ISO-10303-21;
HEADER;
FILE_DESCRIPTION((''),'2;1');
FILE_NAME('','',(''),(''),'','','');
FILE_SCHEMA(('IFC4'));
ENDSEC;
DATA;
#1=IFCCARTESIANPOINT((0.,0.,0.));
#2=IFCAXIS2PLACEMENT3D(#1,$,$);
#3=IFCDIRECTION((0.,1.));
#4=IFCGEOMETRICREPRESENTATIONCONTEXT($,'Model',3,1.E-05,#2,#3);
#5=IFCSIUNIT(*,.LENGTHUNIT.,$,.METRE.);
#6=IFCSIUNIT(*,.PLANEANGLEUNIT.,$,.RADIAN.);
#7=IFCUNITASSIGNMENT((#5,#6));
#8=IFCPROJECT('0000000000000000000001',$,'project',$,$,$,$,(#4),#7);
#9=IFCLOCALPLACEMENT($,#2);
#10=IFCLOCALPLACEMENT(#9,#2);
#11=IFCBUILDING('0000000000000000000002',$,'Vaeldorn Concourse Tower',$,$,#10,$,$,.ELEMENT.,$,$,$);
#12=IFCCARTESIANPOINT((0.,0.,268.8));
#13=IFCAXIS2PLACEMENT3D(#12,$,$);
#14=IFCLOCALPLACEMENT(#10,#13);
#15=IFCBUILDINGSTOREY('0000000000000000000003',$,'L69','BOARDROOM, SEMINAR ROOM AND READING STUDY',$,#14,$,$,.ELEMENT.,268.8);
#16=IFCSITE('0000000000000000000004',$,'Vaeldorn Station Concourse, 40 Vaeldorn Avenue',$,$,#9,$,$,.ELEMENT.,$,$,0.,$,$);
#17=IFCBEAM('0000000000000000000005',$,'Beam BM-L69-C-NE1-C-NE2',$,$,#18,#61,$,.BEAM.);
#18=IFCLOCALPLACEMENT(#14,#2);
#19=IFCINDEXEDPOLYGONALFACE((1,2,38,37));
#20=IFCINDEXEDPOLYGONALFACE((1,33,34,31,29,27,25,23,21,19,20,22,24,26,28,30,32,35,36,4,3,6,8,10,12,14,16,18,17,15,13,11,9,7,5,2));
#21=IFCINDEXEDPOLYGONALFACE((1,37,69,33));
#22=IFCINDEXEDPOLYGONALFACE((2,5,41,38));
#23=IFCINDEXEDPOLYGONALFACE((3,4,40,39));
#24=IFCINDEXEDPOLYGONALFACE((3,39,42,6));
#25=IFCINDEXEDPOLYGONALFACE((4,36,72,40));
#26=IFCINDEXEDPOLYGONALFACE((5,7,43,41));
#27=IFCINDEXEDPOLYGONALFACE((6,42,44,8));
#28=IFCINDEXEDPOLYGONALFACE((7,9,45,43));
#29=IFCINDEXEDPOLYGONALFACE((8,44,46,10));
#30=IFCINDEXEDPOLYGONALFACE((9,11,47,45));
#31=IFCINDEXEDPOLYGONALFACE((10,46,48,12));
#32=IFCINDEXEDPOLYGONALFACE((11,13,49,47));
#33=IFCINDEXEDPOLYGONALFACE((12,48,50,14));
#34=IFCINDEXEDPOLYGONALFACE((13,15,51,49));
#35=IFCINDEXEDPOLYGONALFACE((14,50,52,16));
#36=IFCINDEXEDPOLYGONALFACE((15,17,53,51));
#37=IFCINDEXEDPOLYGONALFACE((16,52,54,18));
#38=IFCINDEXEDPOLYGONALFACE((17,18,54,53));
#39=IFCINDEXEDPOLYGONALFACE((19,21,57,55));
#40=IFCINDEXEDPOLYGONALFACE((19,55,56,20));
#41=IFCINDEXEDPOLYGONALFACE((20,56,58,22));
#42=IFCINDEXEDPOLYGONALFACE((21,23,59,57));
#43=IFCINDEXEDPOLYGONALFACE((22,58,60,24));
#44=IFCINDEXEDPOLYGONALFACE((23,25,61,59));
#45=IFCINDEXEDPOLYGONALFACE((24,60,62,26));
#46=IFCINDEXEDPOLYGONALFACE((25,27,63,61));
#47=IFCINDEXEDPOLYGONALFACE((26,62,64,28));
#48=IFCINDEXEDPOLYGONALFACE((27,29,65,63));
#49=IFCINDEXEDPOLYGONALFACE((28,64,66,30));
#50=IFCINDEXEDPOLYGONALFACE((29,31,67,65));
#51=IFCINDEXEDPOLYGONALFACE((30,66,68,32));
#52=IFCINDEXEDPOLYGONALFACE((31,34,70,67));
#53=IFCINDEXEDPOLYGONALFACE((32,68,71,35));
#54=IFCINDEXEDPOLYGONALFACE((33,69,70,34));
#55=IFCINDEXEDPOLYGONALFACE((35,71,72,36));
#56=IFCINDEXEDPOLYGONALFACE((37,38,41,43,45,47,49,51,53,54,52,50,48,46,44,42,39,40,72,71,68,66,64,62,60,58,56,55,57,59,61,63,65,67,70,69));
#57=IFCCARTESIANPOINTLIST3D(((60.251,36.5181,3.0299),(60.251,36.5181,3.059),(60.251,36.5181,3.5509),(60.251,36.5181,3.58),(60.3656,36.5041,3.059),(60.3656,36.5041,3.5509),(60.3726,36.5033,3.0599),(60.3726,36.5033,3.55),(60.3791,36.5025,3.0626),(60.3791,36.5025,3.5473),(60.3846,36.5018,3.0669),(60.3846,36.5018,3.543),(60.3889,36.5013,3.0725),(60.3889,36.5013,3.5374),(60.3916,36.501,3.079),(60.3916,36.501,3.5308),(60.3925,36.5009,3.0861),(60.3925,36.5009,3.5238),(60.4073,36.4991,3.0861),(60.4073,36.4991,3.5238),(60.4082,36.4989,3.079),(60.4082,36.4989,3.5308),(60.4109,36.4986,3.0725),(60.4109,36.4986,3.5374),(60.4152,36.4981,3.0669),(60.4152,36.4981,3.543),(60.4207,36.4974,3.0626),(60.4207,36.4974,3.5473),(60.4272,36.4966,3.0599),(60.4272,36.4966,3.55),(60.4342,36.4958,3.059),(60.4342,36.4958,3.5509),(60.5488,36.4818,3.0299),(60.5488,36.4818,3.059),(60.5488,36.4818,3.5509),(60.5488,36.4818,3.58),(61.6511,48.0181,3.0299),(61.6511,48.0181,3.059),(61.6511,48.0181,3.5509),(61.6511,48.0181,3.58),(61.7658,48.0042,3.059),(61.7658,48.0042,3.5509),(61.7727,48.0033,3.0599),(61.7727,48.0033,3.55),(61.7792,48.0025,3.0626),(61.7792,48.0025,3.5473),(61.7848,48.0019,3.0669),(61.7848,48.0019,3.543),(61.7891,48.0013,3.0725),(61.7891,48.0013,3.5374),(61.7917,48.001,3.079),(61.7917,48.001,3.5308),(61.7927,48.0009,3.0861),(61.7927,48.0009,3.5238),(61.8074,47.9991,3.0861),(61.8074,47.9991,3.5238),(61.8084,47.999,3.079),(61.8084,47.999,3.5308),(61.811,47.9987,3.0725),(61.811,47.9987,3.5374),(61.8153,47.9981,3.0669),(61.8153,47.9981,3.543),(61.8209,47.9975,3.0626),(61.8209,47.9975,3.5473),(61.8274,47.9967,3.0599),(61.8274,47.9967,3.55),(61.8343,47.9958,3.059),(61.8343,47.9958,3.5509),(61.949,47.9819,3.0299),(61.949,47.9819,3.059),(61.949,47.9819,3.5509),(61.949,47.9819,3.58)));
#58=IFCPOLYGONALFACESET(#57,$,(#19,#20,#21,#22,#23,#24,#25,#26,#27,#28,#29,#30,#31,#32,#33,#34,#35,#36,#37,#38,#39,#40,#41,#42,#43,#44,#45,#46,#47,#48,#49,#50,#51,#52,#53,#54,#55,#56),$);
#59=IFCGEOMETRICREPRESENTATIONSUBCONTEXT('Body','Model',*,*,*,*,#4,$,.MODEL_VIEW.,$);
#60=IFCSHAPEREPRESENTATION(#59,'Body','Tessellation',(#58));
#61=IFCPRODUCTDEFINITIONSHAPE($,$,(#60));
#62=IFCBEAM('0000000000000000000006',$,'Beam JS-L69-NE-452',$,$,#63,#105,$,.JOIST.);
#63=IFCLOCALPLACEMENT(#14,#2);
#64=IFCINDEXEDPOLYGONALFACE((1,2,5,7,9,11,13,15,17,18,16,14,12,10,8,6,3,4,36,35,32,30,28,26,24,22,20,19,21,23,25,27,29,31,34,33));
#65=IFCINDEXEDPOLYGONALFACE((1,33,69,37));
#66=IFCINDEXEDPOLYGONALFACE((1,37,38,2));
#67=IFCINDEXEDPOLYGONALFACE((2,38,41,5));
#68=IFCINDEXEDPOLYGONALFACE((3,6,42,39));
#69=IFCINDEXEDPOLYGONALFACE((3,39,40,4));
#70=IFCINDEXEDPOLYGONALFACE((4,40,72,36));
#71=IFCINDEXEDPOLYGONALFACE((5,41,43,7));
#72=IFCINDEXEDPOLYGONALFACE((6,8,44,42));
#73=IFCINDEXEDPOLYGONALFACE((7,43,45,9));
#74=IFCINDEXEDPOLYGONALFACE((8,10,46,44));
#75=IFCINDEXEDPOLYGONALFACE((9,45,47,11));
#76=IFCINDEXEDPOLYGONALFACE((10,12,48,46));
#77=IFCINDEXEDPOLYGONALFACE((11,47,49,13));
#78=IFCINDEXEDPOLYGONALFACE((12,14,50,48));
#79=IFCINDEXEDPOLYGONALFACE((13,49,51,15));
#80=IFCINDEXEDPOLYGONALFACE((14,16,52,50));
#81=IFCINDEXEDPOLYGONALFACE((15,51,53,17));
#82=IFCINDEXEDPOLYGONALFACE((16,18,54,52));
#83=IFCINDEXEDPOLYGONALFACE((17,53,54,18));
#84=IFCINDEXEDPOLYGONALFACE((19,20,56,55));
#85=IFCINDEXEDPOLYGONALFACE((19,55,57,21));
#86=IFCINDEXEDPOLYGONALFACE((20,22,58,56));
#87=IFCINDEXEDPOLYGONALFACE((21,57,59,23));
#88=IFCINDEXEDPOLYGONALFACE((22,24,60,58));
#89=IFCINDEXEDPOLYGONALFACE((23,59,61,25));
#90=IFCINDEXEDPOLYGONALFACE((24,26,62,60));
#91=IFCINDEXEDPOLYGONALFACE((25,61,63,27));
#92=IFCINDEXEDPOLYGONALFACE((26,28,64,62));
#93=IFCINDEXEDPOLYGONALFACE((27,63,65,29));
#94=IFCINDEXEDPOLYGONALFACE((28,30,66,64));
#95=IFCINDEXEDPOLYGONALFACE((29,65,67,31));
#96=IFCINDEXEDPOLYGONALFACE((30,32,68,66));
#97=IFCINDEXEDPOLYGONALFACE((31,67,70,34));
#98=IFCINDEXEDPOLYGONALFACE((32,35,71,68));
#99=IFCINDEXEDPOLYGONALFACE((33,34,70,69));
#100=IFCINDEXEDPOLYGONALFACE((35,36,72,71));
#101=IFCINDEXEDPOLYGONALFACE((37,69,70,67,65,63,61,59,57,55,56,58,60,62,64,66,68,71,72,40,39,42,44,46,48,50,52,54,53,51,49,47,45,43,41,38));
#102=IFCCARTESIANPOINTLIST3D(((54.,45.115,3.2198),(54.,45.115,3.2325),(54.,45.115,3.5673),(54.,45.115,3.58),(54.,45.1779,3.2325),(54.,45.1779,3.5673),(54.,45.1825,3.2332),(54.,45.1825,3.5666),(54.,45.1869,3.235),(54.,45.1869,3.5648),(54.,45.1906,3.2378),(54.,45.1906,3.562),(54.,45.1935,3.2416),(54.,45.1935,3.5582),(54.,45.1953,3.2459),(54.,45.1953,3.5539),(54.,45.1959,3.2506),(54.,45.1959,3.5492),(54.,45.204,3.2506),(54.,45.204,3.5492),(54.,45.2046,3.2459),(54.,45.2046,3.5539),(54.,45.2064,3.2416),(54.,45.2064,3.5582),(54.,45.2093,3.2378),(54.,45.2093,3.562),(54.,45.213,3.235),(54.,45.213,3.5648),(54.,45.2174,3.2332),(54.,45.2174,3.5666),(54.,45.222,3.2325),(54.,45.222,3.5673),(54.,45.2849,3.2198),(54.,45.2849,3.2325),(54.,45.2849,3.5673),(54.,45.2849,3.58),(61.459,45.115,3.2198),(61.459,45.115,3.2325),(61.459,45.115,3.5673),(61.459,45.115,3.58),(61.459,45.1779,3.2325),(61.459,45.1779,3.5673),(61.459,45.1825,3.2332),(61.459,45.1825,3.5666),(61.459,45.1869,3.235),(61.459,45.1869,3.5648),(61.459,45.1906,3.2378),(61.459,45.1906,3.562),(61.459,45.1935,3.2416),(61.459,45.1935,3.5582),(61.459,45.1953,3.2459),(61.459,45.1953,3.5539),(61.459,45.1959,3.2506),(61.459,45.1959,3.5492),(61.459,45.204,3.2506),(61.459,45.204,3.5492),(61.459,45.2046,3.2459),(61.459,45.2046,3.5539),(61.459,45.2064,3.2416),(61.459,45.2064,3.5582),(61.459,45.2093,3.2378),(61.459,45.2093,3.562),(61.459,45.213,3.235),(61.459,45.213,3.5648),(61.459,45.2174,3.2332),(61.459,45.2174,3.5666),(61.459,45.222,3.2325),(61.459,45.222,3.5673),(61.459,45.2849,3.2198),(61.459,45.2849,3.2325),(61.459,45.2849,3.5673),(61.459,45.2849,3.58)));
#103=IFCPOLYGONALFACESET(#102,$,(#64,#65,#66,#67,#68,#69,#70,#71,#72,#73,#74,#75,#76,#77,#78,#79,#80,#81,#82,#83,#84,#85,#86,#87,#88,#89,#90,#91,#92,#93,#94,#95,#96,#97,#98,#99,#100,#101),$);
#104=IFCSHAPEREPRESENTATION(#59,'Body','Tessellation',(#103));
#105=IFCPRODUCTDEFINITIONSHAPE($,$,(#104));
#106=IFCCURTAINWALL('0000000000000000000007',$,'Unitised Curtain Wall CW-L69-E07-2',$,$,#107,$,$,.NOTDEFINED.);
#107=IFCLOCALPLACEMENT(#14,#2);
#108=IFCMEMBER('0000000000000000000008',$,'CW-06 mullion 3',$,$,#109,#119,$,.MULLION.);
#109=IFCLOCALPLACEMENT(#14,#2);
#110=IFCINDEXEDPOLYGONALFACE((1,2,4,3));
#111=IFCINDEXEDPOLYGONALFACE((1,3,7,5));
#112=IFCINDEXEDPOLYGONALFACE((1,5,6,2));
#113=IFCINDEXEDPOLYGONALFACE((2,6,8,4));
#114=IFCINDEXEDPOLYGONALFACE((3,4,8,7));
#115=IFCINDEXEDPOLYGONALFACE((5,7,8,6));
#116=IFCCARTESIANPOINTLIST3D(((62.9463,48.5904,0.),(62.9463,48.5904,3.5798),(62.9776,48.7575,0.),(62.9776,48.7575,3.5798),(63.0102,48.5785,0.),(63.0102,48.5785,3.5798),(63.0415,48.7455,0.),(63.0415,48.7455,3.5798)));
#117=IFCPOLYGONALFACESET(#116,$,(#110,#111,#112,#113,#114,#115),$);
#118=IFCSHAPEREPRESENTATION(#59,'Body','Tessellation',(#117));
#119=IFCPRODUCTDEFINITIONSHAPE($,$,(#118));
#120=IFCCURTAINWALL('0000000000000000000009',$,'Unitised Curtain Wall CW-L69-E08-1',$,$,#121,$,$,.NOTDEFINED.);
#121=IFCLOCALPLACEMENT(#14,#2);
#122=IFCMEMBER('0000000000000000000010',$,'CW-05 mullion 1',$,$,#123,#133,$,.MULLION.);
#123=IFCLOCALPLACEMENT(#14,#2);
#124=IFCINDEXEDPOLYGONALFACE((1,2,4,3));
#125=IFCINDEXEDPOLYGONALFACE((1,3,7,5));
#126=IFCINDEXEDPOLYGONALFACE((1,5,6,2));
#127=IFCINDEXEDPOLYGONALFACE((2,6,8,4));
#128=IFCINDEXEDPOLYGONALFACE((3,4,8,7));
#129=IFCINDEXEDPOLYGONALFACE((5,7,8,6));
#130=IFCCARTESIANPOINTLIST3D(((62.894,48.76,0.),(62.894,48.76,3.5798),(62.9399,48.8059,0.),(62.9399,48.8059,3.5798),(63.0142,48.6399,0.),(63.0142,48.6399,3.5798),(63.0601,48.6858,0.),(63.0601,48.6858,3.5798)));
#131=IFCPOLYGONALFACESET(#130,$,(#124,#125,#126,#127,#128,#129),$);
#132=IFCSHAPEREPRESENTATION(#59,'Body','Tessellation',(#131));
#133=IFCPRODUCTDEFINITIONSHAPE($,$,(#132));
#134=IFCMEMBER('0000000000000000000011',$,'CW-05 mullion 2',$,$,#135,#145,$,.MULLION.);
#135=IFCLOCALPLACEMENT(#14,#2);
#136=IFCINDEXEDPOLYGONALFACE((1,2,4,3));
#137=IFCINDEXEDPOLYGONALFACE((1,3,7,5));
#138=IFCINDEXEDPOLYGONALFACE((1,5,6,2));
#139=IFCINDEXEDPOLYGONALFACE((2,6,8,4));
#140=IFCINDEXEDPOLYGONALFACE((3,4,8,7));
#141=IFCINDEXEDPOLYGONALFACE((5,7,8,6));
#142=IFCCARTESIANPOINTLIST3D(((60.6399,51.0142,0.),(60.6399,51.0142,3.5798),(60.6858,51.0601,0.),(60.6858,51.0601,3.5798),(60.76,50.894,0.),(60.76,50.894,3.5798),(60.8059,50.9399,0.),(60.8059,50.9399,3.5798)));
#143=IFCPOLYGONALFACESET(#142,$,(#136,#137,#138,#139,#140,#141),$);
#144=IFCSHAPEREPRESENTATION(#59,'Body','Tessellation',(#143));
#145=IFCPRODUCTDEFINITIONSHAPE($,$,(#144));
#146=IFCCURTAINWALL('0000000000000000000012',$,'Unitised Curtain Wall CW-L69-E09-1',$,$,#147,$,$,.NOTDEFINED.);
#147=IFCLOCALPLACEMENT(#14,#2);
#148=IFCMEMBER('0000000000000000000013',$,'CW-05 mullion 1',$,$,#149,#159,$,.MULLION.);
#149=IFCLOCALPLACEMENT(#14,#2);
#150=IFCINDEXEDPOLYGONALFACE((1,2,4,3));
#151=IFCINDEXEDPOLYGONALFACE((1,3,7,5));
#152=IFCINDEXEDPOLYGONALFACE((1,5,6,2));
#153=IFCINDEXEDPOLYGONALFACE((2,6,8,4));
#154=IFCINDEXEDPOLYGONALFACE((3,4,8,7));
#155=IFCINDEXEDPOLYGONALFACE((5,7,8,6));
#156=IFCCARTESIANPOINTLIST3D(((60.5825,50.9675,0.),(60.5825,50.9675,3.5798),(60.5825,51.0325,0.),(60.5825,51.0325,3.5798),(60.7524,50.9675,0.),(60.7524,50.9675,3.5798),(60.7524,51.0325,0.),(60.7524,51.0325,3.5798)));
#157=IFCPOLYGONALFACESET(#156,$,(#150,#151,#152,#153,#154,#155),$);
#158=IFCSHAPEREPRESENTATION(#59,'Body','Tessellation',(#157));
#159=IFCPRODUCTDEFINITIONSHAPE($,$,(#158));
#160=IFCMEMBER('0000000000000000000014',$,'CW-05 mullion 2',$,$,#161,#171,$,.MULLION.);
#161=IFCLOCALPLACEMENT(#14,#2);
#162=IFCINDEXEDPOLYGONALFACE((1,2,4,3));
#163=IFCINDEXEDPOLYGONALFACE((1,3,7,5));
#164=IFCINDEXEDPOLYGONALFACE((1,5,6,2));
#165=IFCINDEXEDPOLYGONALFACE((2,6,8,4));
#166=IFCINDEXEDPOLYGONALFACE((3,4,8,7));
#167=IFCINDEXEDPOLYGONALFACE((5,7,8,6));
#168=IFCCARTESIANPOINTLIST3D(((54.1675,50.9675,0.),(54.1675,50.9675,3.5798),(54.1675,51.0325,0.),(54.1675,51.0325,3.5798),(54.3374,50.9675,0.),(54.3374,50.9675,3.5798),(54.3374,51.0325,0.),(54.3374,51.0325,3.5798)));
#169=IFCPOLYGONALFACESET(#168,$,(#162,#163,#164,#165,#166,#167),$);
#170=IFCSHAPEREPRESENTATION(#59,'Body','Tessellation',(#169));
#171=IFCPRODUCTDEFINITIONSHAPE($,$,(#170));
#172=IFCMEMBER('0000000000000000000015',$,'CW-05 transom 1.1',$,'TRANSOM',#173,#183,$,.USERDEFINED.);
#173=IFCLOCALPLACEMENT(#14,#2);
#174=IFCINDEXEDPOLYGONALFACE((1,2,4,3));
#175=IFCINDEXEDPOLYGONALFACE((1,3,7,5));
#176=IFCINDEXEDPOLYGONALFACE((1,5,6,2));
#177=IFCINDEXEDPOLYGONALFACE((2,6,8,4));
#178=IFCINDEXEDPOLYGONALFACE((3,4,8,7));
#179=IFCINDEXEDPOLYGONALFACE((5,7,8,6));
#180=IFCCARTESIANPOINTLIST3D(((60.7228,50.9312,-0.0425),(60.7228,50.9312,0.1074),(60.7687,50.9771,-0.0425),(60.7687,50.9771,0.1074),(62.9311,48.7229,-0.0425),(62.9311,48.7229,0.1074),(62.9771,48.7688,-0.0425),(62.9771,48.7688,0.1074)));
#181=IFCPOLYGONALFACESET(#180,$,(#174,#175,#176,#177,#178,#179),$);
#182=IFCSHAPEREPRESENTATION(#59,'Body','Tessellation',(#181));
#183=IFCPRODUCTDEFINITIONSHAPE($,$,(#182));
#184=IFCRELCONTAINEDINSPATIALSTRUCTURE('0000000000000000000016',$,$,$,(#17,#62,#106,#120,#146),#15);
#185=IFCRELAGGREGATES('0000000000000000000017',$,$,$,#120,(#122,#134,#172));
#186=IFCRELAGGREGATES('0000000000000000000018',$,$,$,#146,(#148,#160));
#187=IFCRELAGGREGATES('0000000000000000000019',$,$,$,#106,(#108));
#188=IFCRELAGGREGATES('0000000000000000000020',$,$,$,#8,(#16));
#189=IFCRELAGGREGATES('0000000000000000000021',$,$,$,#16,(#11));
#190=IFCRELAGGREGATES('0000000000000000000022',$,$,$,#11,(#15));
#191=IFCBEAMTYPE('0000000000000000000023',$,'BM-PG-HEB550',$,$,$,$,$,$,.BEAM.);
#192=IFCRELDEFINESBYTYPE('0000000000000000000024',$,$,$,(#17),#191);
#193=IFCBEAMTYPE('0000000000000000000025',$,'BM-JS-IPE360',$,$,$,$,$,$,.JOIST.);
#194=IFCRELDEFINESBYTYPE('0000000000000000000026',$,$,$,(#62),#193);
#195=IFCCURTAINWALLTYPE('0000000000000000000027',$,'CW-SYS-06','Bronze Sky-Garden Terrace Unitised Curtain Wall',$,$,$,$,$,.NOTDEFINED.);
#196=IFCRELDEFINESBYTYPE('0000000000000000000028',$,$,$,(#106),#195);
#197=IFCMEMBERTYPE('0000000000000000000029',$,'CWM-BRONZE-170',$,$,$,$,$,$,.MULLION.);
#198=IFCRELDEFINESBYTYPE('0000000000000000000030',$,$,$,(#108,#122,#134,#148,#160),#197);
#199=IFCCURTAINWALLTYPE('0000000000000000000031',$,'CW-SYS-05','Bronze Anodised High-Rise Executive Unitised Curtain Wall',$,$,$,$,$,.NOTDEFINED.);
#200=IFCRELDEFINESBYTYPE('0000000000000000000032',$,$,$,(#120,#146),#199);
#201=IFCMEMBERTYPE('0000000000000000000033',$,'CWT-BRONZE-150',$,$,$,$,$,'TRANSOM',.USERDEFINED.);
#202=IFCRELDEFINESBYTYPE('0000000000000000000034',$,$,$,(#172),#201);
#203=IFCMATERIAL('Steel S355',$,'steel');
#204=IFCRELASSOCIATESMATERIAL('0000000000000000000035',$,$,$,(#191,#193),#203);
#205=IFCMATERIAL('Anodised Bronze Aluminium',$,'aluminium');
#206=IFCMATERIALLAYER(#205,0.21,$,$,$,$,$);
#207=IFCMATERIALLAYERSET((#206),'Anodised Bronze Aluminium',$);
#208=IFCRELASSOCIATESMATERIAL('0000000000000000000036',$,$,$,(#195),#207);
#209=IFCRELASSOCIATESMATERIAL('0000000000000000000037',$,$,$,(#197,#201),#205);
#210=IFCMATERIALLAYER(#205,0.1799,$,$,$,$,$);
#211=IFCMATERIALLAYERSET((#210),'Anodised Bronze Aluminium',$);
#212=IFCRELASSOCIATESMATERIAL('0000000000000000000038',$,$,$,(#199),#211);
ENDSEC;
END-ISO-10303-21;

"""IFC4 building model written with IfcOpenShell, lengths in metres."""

from ifc_helpers import new_model, si_unit, direction, frame, origin, origin_2d, place, context, subcontext, project, spatial, rectangle, i_section, extrude, source, transform, mapped, material, layer, layer_set, material_profile, profile_set, type_object, element, aggregate, save


model = new_model("IFC4")

# Units and contexts
model_context = context("Model", 3, precision=1e-05, world=origin(), true_north=direction((0.0, 1.0)))
body_context = subcontext(model_context, "Body", "Model", "MODEL_VIEW")
ifc_project = project(units=[si_unit("LENGTHUNIT", "METRE"), si_unit("PLANEANGLEUNIT", "RADIAN")], contexts=[model_context])

# Site, building, storey
site_placement = place(None, origin())
site = spatial("IfcSite", under=ifc_project, at=site_placement, Name="Vaeldorn Station Concourse, 40 Vaeldorn Avenue", CompositionType="ELEMENT", RefElevation=0.0)
building_placement = place(site_placement, origin())
building = spatial("IfcBuilding", under=site, at=building_placement, Name="Vaeldorn Concourse Tower", CompositionType="ELEMENT")
storey_placement = place(building_placement, frame((0.0, 0.0, 268.8)))
storey = spatial("IfcBuildingStorey", under=building, at=storey_placement, Name="L69", Description="BOARDROOM, SEMINAR ROOM AND READING STUDY", CompositionType="ELEMENT", Elevation=268.8)

# Shared definitions
ifc_material_1 = material(Name="Steel S355", Category="steel")

# Beams
ifc_material_profile_1 = material_profile(ifc_material_1, i_section(OverallWidth=0.3, OverallDepth=0.55, WebThickness=0.0149, FlangeThickness=0.0291, FilletRadius=0.0271, at=origin_2d()), Name="HEB 550")
ifc_profile_set_1 = profile_set([ifc_material_profile_1], Name="Steel S355")
beam_type_1 = type_object("IfcBeamType", Name="BM-PG-HEB550", PredefinedType="BEAM", material=ifc_profile_set_1)
shared_shape_1 = source(origin(), body_context, "Body", "SweptSolid", [
    extrude(i_section(OverallWidth=0.3, OverallDepth=0.55, WebThickness=0.0149, FlangeThickness=0.0291, FilletRadius=0.0271, at=origin_2d()), origin(), (0.0, 0.0, 1.0), 11.585),
])
beam_1_placement = place(storey_placement, frame((61.8, 48.0, 3.3049), z_axis=(-0.120859, -0.99267, 0.0), x_axis=(0.99267, -0.120859, 0.0)))
element("IfcBeam", 1, at=beam_1_placement, inside=storey, type_object=beam_type_1, Name="Beam BM-L69-C-NE1-C-NE2", PredefinedType="BEAM", context=body_context, shape_type="MappedRepresentation", body=[
    mapped(shared_shape_1, transform((0.0, 0.0, 0.0), scale=1.0)),
])
ifc_material_profile_2 = material_profile(ifc_material_1, i_section(OverallWidth=0.1699, OverallDepth=0.3601, WebThickness=0.0081, FlangeThickness=0.0127, FilletRadius=0.0181, at=origin_2d()), Name="IPE 360")
ifc_profile_set_2 = profile_set([ifc_material_profile_2], Name="Steel S355")
beam_type_2 = type_object("IfcBeamType", Name="BM-JS-IPE360", PredefinedType="JOIST", material=ifc_profile_set_2)
shared_shape_2 = source(origin(), body_context, "Body", "SweptSolid", [
    extrude(i_section(OverallWidth=0.1699, OverallDepth=0.3601, WebThickness=0.0081, FlangeThickness=0.0127, FilletRadius=0.0181, at=origin_2d()), origin(), (0.0, 0.0, 1.0), 7.459),
])
beam_2_placement = place(storey_placement, frame((54.0, 45.2, 3.3999), z_axis=(1.0, 0.0, 0.0), x_axis=(0.0, 1.0, 0.0)))
element("IfcBeam", 2, at=beam_2_placement, inside=storey, type_object=beam_type_2, Name="Beam JS-L69-NE-452", PredefinedType="JOIST", context=body_context, shape_type="MappedRepresentation", body=[
    mapped(shared_shape_2, transform((0.0, 0.0, 0.0), scale=1.0)),
])

# Curtain wall, member
ifc_material_2 = material(Name="Anodised Bronze Aluminium", Category="aluminium")
ifc_layer_1 = layer(ifc_material_2, 0.21)
ifc_layer_set_1 = layer_set([ifc_layer_1], Name="Anodised Bronze Aluminium")
curtain_wall_type_1 = type_object("IfcCurtainWallType", Name="CW-SYS-06", Description="Bronze Sky-Garden Terrace Unitised Curtain Wall", PredefinedType="NOTDEFINED", material=ifc_layer_set_1)
curtain_wall_1_placement = place(storey_placement, origin())
curtain_wall_1 = element("IfcCurtainWall", 3, at=curtain_wall_1_placement, inside=storey, type_object=curtain_wall_type_1, Name="Unitised Curtain Wall CW-L69-E07-2", PredefinedType="NOTDEFINED")
ifc_material_profile_3 = material_profile(ifc_material_2, rectangle(XDim=0.0649, YDim=0.1699, at=origin_2d()), Name="CWM 65x170")
ifc_profile_set_3 = profile_set([ifc_material_profile_3], Name="Anodised Bronze Aluminium")
member_type_1 = type_object("IfcMemberType", Name="CWM-BRONZE-170", PredefinedType="MULLION", material=ifc_profile_set_3)
shared_shape_3 = source(origin(), body_context, "Body", "SweptSolid", [
    extrude(rectangle(XDim=0.0649, YDim=0.1699, at=origin_2d()), origin(), (0.0, 0.0, 1.0), 3.5798),
])
member_1_placement = place(storey_placement, frame((62.9939, 48.668, 0.0), z_axis=(0.0, 0.0, 1.0), x_axis=(-0.98288, 0.184246, 0.0)))
member_1 = element("IfcMember", 4, at=member_1_placement, type_object=member_type_1, Name="CW-06 mullion 3", PredefinedType="MULLION", context=body_context, shape_type="MappedRepresentation", body=[
    mapped(shared_shape_3, transform((0.0, 0.0, 0.0), scale=1.0)),
])

# Curtain walls, members
ifc_layer_2 = layer(ifc_material_2, 0.1799)
ifc_layer_set_2 = layer_set([ifc_layer_2], Name="Anodised Bronze Aluminium")
curtain_wall_type_2 = type_object("IfcCurtainWallType", Name="CW-SYS-05", Description="Bronze Anodised High-Rise Executive Unitised Curtain Wall", PredefinedType="NOTDEFINED", material=ifc_layer_set_2)
curtain_wall_2_placement = place(storey_placement, origin())
curtain_wall_2 = element("IfcCurtainWall", 5, at=curtain_wall_2_placement, inside=storey, type_object=curtain_wall_type_2, Name="Unitised Curtain Wall CW-L69-E08-1", PredefinedType="NOTDEFINED")
member_2_placement = place(storey_placement, frame((62.9771, 48.7229, 0.0), z_axis=(0.0, 0.0, 1.0), x_axis=(-0.707107, -0.707107, 0.0)))
member_2 = element("IfcMember", 6, at=member_2_placement, type_object=member_type_1, Name="CW-05 mullion 1", PredefinedType="MULLION", context=body_context, shape_type="MappedRepresentation", body=[
    mapped(shared_shape_3, transform((0.0, 0.0, 0.0), scale=1.0)),
])
member_3_placement = place(storey_placement, frame((60.7229, 50.9771, 0.0), z_axis=(0.0, 0.0, 1.0), x_axis=(-0.707107, -0.707107, 0.0)))
member_3 = element("IfcMember", 7, at=member_3_placement, type_object=member_type_1, Name="CW-05 mullion 2", PredefinedType="MULLION", context=body_context, shape_type="MappedRepresentation", body=[
    mapped(shared_shape_3, transform((0.0, 0.0, 0.0), scale=1.0)),
])
curtain_wall_3_placement = place(storey_placement, origin())
curtain_wall_3 = element("IfcCurtainWall", 8, at=curtain_wall_3_placement, inside=storey, type_object=curtain_wall_type_2, Name="Unitised Curtain Wall CW-L69-E09-1", PredefinedType="NOTDEFINED")
member_4_placement = place(storey_placement, frame((60.6675, 51.0, 0.0), z_axis=(0.0, 0.0, 1.0), x_axis=(0.0, -1.0, 0.0)))
member_4 = element("IfcMember", 9, at=member_4_placement, type_object=member_type_1, Name="CW-05 mullion 1", PredefinedType="MULLION", context=body_context, shape_type="MappedRepresentation", body=[
    mapped(shared_shape_3, transform((0.0, 0.0, 0.0), scale=1.0)),
])
member_5_placement = place(storey_placement, frame((54.2524, 51.0, 0.0), z_axis=(0.0, 0.0, 1.0), x_axis=(0.0, -1.0, 0.0)))
member_5 = element("IfcMember", 10, at=member_5_placement, type_object=member_type_1, Name="CW-05 mullion 2", PredefinedType="MULLION", context=body_context, shape_type="MappedRepresentation", body=[
    mapped(shared_shape_3, transform((0.0, 0.0, 0.0), scale=1.0)),
])

# Member
ifc_material_profile_4 = material_profile(ifc_material_2, rectangle(XDim=0.0649, YDim=0.1499, at=origin_2d()), Name="CWT 65x150")
ifc_profile_set_4 = profile_set([ifc_material_profile_4], Name="Anodised Bronze Aluminium")
member_type_2 = type_object("IfcMemberType", Name="CWT-BRONZE-150", ElementType="TRANSOM", PredefinedType="USERDEFINED", material=ifc_profile_set_4)
shared_shape_4 = source(origin(), body_context, "Body", "SweptSolid", [
    extrude(rectangle(XDim=0.0649, YDim=0.1499, at=origin_2d()), origin(), (0.0, 0.0, 1.0), 3.123),
])
member_6_placement = place(storey_placement, frame((62.9541, 48.7458, 0.0325), z_axis=(-0.707107, 0.707107, 0.0), x_axis=(-0.707107, -0.707107, 0.0)))
member_6 = element("IfcMember", 11, at=member_6_placement, type_object=member_type_2, Name="CW-05 transom 1.1", ObjectType="TRANSOM", PredefinedType="USERDEFINED", context=body_context, shape_type="MappedRepresentation", body=[
    mapped(shared_shape_4, transform((0.0, 0.0, 0.0), scale=1.0)),
])

aggregate(curtain_wall_2, [member_2, member_3, member_6])
aggregate(curtain_wall_3, [member_4, member_5])
aggregate(curtain_wall_1, [member_1])

save(model, "model.ifc")
